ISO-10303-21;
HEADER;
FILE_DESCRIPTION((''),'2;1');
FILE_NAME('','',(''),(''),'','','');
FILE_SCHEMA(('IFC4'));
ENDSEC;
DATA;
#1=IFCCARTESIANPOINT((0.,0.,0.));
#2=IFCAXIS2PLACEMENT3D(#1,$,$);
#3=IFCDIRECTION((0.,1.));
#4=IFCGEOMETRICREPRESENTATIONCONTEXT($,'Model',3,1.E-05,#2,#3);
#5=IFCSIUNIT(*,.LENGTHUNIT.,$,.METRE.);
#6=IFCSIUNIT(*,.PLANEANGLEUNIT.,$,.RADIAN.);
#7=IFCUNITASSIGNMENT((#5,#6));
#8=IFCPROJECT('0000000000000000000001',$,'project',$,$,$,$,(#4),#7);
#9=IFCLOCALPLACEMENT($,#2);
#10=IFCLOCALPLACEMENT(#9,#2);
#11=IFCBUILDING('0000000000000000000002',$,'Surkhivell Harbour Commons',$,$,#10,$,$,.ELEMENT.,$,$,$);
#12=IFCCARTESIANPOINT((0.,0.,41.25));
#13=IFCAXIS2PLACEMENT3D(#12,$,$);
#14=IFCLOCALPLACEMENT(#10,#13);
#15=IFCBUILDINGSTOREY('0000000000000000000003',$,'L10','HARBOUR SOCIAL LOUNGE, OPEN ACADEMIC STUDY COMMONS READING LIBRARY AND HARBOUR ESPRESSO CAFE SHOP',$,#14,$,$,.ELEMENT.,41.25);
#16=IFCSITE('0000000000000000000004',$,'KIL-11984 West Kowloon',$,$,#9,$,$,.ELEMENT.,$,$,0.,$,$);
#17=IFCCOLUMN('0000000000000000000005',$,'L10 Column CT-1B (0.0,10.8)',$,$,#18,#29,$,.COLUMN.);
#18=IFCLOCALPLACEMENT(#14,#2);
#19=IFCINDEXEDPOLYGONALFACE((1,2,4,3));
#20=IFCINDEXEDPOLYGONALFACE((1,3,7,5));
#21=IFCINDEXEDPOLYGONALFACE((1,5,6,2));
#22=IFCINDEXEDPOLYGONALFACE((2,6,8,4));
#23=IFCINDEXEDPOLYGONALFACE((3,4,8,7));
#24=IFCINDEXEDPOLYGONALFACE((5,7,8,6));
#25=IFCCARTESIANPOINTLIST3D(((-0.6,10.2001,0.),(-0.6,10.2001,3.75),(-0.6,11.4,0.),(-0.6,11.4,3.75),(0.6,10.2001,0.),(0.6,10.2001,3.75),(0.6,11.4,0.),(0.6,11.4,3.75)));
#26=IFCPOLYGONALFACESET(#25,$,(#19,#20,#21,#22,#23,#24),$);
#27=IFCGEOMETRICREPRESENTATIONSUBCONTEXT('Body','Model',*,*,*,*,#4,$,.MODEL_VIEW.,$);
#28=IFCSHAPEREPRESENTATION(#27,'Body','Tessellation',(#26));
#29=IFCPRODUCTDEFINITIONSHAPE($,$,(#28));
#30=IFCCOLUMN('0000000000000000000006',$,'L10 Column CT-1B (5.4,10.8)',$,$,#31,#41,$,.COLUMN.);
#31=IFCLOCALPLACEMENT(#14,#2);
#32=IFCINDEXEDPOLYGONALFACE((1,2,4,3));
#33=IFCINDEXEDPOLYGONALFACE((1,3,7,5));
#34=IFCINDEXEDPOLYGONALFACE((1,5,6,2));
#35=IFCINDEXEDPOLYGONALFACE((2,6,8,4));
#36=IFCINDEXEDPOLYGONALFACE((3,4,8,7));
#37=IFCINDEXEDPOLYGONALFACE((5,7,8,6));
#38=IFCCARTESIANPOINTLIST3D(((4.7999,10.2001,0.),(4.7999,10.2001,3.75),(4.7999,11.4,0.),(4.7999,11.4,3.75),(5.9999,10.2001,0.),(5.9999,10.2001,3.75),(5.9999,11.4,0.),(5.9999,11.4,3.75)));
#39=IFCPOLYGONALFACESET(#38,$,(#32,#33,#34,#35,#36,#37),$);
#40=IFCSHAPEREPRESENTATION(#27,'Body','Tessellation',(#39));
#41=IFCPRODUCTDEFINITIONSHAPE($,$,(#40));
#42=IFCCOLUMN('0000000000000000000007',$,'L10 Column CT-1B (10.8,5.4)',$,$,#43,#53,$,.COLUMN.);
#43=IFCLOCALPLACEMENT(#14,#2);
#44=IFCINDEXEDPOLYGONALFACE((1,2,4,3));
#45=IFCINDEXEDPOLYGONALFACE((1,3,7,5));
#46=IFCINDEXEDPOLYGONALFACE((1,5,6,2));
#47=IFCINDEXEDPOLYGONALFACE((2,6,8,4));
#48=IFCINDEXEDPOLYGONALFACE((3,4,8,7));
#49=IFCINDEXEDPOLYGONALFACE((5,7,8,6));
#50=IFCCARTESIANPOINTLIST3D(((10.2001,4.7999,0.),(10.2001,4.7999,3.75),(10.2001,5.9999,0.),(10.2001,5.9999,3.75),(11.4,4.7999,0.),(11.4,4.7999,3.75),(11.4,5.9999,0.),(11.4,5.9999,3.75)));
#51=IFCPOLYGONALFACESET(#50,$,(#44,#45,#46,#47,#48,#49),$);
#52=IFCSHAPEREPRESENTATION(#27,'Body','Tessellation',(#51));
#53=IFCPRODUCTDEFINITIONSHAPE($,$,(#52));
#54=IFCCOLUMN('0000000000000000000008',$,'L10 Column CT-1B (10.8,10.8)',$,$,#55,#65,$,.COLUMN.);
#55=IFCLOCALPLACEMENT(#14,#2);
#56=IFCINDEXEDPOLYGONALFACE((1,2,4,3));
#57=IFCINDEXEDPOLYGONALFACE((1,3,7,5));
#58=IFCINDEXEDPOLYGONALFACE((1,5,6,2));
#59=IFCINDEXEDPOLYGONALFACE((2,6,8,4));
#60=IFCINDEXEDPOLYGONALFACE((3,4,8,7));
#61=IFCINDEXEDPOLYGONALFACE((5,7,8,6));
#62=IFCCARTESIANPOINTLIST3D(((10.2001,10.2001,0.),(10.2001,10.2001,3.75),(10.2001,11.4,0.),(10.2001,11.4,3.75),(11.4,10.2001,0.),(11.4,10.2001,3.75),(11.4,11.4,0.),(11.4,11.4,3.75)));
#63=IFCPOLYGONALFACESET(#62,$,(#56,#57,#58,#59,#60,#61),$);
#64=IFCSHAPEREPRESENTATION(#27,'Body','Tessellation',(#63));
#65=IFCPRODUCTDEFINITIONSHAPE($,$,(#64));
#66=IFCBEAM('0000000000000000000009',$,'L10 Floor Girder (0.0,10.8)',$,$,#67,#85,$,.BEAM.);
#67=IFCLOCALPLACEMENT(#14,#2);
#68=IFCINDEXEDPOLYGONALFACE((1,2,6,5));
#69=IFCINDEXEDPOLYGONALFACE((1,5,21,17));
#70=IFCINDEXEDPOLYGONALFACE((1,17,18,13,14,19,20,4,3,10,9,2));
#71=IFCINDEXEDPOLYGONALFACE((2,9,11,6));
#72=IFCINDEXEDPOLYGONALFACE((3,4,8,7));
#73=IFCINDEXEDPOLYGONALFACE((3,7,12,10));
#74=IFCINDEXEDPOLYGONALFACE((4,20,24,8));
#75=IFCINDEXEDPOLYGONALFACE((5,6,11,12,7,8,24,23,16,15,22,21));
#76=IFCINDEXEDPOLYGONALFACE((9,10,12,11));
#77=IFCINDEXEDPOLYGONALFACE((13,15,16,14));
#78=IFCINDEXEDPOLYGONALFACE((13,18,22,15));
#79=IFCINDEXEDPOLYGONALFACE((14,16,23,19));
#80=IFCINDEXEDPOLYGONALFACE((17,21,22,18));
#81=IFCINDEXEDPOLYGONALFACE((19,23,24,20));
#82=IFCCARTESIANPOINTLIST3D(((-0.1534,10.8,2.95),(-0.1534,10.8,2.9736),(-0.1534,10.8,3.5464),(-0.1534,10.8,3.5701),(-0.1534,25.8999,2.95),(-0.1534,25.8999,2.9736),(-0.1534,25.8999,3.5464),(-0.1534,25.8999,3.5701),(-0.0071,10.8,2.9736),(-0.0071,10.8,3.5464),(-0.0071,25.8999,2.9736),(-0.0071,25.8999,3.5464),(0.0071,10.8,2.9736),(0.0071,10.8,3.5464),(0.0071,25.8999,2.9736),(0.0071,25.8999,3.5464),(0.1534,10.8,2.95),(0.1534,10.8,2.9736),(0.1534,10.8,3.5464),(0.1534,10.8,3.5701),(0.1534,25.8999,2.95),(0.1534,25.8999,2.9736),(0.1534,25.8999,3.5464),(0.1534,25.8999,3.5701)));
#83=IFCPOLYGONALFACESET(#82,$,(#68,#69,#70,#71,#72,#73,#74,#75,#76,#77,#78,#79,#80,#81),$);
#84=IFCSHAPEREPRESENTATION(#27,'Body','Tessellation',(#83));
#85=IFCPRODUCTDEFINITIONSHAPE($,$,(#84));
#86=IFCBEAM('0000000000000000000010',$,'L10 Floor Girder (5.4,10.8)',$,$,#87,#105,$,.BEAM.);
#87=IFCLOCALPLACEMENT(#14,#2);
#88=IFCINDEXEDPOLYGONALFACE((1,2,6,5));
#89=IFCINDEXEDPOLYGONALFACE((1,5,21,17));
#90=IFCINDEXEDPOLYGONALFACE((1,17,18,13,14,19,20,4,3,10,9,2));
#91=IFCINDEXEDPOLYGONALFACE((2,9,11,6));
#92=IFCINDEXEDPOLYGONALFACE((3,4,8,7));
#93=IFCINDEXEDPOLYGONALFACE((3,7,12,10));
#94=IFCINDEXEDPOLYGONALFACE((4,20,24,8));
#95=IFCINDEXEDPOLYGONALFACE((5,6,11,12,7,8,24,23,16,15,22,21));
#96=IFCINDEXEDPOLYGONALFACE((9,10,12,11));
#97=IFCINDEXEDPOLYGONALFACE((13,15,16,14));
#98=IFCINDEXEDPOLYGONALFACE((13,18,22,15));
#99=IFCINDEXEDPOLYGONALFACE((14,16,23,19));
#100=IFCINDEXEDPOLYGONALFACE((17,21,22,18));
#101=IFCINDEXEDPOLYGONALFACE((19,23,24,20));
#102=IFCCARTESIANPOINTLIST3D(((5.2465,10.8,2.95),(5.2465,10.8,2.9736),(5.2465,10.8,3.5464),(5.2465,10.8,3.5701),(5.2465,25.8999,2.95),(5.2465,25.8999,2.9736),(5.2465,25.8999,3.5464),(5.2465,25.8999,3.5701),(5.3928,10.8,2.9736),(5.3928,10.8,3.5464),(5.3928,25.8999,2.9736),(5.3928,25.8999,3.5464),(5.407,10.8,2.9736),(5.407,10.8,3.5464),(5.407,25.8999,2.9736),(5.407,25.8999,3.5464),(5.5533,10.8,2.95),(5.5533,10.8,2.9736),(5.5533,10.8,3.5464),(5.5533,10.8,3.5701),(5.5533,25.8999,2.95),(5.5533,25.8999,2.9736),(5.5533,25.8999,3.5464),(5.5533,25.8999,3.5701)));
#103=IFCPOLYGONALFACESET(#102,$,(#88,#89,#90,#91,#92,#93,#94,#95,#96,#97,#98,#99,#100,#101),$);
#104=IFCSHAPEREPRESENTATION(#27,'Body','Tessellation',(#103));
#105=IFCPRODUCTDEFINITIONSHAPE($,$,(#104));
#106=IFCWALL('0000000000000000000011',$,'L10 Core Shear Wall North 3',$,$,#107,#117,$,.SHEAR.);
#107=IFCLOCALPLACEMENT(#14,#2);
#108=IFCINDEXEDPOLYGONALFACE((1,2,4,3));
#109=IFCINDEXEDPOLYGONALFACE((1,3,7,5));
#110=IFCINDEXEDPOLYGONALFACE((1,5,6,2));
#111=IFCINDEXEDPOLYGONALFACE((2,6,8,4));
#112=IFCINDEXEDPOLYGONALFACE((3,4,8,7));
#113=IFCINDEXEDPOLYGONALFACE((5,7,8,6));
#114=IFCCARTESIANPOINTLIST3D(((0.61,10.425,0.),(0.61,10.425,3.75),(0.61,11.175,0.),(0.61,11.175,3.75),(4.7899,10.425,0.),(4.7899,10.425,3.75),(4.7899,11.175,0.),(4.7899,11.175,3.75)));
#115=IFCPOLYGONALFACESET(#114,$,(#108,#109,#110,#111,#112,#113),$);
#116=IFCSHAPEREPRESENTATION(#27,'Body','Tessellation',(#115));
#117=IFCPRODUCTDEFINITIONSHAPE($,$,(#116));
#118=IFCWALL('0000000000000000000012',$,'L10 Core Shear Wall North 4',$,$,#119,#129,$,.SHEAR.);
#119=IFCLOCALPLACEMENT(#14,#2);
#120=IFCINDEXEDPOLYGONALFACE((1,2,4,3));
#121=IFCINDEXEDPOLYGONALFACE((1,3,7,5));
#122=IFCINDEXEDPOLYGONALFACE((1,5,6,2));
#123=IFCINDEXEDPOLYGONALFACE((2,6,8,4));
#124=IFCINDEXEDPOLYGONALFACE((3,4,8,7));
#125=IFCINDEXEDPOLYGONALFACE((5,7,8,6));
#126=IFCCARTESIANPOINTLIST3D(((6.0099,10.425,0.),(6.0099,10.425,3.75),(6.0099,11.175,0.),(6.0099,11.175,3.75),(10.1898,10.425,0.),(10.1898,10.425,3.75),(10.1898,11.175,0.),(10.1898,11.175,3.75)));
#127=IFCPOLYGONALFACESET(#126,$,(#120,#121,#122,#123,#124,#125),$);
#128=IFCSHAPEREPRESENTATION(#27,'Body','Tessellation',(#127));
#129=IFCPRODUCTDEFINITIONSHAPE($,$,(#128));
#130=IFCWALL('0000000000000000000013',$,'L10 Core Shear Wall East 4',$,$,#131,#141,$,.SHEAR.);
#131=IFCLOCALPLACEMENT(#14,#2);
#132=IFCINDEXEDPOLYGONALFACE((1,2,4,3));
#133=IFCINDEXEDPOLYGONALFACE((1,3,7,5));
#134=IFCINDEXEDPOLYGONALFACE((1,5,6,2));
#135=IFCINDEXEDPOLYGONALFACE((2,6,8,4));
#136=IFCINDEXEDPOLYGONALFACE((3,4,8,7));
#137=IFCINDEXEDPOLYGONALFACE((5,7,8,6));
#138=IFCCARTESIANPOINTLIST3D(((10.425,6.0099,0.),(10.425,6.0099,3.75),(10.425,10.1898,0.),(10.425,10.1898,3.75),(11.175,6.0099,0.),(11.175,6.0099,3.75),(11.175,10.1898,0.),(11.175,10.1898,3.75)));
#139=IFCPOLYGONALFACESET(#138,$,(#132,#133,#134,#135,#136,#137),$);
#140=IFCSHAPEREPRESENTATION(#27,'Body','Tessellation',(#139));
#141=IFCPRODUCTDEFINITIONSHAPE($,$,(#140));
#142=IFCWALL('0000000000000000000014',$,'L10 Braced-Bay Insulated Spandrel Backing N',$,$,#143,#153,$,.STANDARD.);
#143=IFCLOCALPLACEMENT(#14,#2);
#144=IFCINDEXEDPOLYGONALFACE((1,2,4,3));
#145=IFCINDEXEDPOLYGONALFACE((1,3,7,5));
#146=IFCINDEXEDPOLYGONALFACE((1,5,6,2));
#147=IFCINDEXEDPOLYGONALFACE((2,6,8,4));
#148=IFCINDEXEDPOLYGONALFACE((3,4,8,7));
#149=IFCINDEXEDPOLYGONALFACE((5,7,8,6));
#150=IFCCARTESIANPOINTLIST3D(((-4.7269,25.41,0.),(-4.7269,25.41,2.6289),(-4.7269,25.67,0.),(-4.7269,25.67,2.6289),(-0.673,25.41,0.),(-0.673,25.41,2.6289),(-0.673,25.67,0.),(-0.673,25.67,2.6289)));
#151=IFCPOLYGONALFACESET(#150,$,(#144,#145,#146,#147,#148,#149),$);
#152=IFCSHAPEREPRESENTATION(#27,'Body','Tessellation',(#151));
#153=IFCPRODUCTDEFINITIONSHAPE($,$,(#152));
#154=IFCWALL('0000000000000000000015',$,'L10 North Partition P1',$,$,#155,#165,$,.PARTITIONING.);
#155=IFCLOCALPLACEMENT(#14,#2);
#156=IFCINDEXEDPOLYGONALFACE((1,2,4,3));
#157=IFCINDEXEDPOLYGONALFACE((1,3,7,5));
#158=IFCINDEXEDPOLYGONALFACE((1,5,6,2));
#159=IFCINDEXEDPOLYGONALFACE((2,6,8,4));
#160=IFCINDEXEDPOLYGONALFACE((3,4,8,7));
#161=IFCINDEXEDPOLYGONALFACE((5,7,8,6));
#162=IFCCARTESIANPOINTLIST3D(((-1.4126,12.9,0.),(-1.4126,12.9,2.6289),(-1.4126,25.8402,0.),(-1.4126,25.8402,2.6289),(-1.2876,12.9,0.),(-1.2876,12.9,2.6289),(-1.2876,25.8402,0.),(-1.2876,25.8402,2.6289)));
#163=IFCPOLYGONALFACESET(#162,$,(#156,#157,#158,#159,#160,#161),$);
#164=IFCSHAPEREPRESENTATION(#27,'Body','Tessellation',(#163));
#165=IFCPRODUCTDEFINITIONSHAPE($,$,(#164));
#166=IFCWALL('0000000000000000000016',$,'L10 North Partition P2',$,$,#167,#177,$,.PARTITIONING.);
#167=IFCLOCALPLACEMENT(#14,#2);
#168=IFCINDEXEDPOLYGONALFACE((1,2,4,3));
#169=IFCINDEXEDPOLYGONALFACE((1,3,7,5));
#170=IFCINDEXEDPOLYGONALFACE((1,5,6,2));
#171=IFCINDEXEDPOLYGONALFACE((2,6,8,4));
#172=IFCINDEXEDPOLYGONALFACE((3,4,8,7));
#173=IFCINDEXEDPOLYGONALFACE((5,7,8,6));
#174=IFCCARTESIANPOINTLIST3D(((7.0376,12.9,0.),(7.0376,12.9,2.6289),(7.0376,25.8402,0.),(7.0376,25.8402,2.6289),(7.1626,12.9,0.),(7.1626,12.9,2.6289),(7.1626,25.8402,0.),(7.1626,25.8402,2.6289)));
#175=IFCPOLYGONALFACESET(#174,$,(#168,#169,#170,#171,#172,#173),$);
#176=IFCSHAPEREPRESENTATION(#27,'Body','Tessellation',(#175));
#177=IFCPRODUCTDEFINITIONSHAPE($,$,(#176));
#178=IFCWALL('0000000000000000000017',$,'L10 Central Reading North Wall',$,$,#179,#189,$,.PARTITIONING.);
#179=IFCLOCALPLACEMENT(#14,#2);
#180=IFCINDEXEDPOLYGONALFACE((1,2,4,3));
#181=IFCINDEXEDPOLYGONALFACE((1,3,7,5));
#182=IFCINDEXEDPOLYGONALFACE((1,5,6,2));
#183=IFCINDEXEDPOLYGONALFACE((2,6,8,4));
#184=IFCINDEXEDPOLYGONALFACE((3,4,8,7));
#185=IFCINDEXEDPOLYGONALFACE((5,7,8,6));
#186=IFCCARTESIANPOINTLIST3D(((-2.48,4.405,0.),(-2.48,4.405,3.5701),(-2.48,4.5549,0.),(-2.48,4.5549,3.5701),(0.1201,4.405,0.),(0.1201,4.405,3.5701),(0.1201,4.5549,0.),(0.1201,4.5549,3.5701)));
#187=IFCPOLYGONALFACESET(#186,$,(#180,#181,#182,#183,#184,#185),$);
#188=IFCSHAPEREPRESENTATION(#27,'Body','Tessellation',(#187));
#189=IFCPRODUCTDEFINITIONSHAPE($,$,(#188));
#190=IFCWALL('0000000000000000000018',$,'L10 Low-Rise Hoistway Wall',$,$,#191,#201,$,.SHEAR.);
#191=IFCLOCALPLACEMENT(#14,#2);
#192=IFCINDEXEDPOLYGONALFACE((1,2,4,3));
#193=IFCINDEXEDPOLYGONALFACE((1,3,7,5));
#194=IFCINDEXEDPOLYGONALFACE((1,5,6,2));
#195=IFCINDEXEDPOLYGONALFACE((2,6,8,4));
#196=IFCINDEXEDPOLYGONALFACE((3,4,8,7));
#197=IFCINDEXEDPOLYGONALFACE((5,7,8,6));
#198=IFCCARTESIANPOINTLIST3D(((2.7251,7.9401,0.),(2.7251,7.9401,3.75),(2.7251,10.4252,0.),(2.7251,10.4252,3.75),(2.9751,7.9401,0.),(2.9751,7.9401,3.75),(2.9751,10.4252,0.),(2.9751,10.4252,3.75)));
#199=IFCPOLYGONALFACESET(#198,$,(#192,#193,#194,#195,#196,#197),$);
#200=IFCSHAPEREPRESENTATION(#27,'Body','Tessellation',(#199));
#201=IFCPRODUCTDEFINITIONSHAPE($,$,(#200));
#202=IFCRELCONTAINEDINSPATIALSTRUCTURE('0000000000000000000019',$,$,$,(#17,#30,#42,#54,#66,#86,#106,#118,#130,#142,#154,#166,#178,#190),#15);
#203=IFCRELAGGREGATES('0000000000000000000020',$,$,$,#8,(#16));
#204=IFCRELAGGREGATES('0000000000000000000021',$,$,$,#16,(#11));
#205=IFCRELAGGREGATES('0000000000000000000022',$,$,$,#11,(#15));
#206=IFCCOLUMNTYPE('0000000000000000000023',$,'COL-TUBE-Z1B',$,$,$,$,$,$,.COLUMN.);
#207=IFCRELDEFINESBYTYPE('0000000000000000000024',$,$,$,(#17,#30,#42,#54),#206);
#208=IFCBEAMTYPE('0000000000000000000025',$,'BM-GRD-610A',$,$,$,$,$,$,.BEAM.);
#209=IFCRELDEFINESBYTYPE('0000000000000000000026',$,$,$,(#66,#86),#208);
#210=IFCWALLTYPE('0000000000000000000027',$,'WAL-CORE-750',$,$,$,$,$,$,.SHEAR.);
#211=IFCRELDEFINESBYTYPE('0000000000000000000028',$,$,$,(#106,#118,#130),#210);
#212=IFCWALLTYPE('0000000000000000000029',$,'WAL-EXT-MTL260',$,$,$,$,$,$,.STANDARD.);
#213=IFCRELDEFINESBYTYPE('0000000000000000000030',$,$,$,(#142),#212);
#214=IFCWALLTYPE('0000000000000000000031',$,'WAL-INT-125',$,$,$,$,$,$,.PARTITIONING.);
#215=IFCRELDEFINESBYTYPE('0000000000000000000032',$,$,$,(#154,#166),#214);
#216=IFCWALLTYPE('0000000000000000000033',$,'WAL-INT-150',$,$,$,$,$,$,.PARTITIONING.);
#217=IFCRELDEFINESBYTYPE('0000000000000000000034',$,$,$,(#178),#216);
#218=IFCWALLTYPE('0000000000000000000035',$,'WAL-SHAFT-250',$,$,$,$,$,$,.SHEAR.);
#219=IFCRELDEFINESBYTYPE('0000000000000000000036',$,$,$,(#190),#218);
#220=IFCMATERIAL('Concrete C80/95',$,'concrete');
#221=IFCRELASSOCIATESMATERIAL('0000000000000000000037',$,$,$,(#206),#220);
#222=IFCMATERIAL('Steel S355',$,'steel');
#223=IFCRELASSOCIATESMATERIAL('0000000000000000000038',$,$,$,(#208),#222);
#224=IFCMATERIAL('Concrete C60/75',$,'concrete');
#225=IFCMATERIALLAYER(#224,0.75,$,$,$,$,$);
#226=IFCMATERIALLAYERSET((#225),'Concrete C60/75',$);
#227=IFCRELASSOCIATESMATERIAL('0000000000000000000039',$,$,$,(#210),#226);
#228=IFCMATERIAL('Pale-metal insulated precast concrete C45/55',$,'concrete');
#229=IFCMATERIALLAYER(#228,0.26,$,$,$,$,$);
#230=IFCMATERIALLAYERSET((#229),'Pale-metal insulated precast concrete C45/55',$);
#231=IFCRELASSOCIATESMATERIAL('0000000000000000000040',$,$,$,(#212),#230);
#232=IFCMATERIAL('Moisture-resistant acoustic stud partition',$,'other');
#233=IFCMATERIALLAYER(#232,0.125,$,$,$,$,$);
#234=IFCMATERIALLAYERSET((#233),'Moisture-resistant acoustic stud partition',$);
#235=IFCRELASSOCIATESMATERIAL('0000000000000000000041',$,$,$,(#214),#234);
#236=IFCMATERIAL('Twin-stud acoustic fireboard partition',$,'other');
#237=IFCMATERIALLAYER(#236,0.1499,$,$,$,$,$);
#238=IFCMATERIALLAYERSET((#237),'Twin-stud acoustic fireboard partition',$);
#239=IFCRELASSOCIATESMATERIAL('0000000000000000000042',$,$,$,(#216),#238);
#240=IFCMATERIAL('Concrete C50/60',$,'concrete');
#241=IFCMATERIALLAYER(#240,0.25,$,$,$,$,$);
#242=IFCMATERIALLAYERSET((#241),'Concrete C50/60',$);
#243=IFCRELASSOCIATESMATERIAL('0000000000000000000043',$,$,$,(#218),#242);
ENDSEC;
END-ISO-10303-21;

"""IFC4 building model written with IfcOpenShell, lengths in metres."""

from ifc_helpers import new_model, si_unit, direction, frame, frame_2d, origin, origin_2d, place, context, subcontext, project, spatial, rectangle, i_section, extrude, material, layer, layer_set, material_profile, profile_set, type_object, element, save


model = new_model("IFC4")

# Units and contexts
model_context = context("Model", 3, precision=1e-05, world=origin(), true_north=direction((0.0, 1.0)))
body_context = subcontext(model_context, "Body", "Model", "MODEL_VIEW")
ifc_project = project(units=[si_unit("LENGTHUNIT", "METRE"), si_unit("PLANEANGLEUNIT", "RADIAN")], contexts=[model_context])

# Site, building, storey
site_placement = place(None, origin())
site = spatial("IfcSite", under=ifc_project, at=site_placement, Name="KIL-11984 West Kowloon", CompositionType="ELEMENT", RefElevation=0.0)
building_placement = place(site_placement, origin())
building = spatial("IfcBuilding", under=site, at=building_placement, Name="Surkhivell Harbour Commons", CompositionType="ELEMENT")
storey_placement = place(building_placement, frame((0.0, 0.0, 41.25)))
storey = spatial("IfcBuildingStorey", under=building, at=storey_placement, Name="L10", Description="HARBOUR SOCIAL LOUNGE, OPEN ACADEMIC STUDY COMMONS READING LIBRARY AND HARBOUR ESPRESSO CAFE SHOP", CompositionType="ELEMENT", Elevation=41.25)

# Columns
ifc_material_1 = material(Name="Concrete C80/95", Category="concrete")
ifc_material_profile_1 = material_profile(ifc_material_1, rectangle(XDim=1.2, YDim=1.2, at=origin_2d()), Name="RC-COL-1200x1200")
ifc_profile_set_1 = profile_set([ifc_material_profile_1], Name="Concrete C80/95")
column_type = type_object("IfcColumnType", Name="COL-TUBE-Z1B", PredefinedType="COLUMN", material=ifc_profile_set_1)
for number, where, z_axis, x_axis, name in (
    (1, (0.0, 10.8, 0.0), (0.0, 0.0, 1.0), (1.0, 0.0, 0.0), "L10 Column CT-1B (0.0,10.8)"),
    (2, (5.3999, 10.8, 0.0), (0.0, 0.0, 1.0), (1.0, 0.0, 0.0), "L10 Column CT-1B (5.4,10.8)"),
    (3, (10.8, 5.3999, 0.0), (0.0, 0.0, 1.0), (1.0, 0.0, 0.0), "L10 Column CT-1B (10.8,5.4)"),
    (4, (10.8, 10.8, 0.0), (0.0, 0.0, 1.0), (1.0, 0.0, 0.0), "L10 Column CT-1B (10.8,10.8)"),
):
    element("IfcColumn", number, at=place(storey_placement, frame(where, z_axis=z_axis, x_axis=x_axis)), inside=storey, type_object=column_type, Name=name, PredefinedType="COLUMN", context=body_context, shape_type="SweptSolid", body=[
        extrude(rectangle(XDim=1.2, YDim=1.2, at=origin_2d()), origin(), (0.0, 0.0, 1.0), 3.75),
    ])

# Beams
ifc_material_2 = material(Name="Steel S355", Category="steel")
ifc_material_profile_2 = material_profile(ifc_material_2, i_section(OverallWidth=0.3069, OverallDepth=0.6201, WebThickness=0.0142, FlangeThickness=0.0237, at=origin_2d()), Name="UB610x305x179")
ifc_profile_set_2 = profile_set([ifc_material_profile_2], Name="Steel S355")
beam_type = type_object("IfcBeamType", Name="BM-GRD-610A", PredefinedType="BEAM", material=ifc_profile_set_2)
for number, where, z_axis, x_axis, name in (
    (5, (0.0, 10.8, 3.26), (0.0, 1.0, 0.0), (-1.0, 0.0, 0.0), "L10 Floor Girder (0.0,10.8)"),
    (6, (5.3999, 10.8, 3.26), (0.0, 1.0, 0.0), (-1.0, 0.0, 0.0), "L10 Floor Girder (5.4,10.8)"),
):
    element("IfcBeam", number, at=place(storey_placement, frame(where, z_axis=z_axis, x_axis=x_axis)), inside=storey, type_object=beam_type, Name=name, PredefinedType="BEAM", context=body_context, shape_type="SweptSolid", body=[
        extrude(i_section(OverallWidth=0.3069, OverallDepth=0.6201, WebThickness=0.0142, FlangeThickness=0.0237, at=origin_2d()), origin(), (0.0, 0.0, 1.0), 15.0999),
    ])

# Walls
ifc_material_3 = material(Name="Concrete C60/75", Category="concrete")
ifc_layer_1 = layer(ifc_material_3, 0.75)
ifc_layer_set_1 = layer_set([ifc_layer_1], Name="Concrete C60/75")
wall_type_1 = type_object("IfcWallType", Name="WAL-CORE-750", PredefinedType="SHEAR", material=ifc_layer_set_1)
for number, where, z_axis, x_axis, name in (
    (7, (0.6101, 10.8, 0.0), (0.0, 0.0, 1.0), (1.0, 0.0, 0.0), "L10 Core Shear Wall North 3"),
    (8, (6.01, 10.8, 0.0), (0.0, 0.0, 1.0), (1.0, 0.0, 0.0), "L10 Core Shear Wall North 4"),
    (9, (10.8, 6.01, 0.0), (0.0, 0.0, 1.0), (0.0, 1.0, 0.0), "L10 Core Shear Wall East 4"),
):
    element("IfcWall", number, at=place(storey_placement, frame(where, z_axis=z_axis, x_axis=x_axis)), inside=storey, type_object=wall_type_1, Name=name, PredefinedType="SHEAR", context=body_context, shape_type="SweptSolid", body=[
        extrude(rectangle(XDim=4.1799, YDim=0.75, at=frame_2d((2.0898, 0.0))), origin(), (0.0, 0.0, 1.0), 3.75),
    ])
ifc_material_4 = material(Name="Pale-metal insulated precast concrete C45/55", Category="concrete")
ifc_layer_2 = layer(ifc_material_4, 0.26)
ifc_layer_set_2 = layer_set([ifc_layer_2], Name="Pale-metal insulated precast concrete C45/55")
wall_type_2 = type_object("IfcWallType", Name="WAL-EXT-MTL260", PredefinedType="STANDARD", material=ifc_layer_set_2)
wall_1_placement = place(storey_placement, frame((-0.6731, 25.54, 0.0), z_axis=(0.0, 0.0, 1.0), x_axis=(-1.0, 0.0, 0.0)))
element("IfcWall", 10, at=wall_1_placement, inside=storey, type_object=wall_type_2, Name="L10 Braced-Bay Insulated Spandrel Backing N", PredefinedType="STANDARD", context=body_context, shape_type="SweptSolid", body=[
    extrude(rectangle(XDim=4.054, YDim=0.26, at=frame_2d((2.0269, 0.0))), origin(), (0.0, 0.0, 1.0), 2.6289),
])
ifc_material_5 = material(Name="Moisture-resistant acoustic stud partition", Category="other")
ifc_layer_3 = layer(ifc_material_5, 0.125)
ifc_layer_set_3 = layer_set([ifc_layer_3], Name="Moisture-resistant acoustic stud partition")
wall_type_3 = type_object("IfcWallType", Name="WAL-INT-125", PredefinedType="PARTITIONING", material=ifc_layer_set_3)
for number, where, z_axis, x_axis, name in (
    (11, (-1.3501, 12.8999, 0.0), (0.0, 0.0, 1.0), (0.0, 1.0, 0.0), "L10 North Partition P1"),
    (12, (7.1001, 12.8999, 0.0), (0.0, 0.0, 1.0), (0.0, 1.0, 0.0), "L10 North Partition P2"),
):
    element("IfcWall", number, at=place(storey_placement, frame(where, z_axis=z_axis, x_axis=x_axis)), inside=storey, type_object=wall_type_3, Name=name, PredefinedType="PARTITIONING", context=body_context, shape_type="SweptSolid", body=[
        extrude(rectangle(XDim=12.9402, YDim=0.125, at=frame_2d((6.4702, 0.0))), origin(), (0.0, 0.0, 1.0), 2.6289),
    ])
ifc_material_6 = material(Name="Twin-stud acoustic fireboard partition", Category="other")
ifc_layer_4 = layer(ifc_material_6, 0.1499)
ifc_layer_set_4 = layer_set([ifc_layer_4], Name="Twin-stud acoustic fireboard partition")
wall_type_4 = type_object("IfcWallType", Name="WAL-INT-150", PredefinedType="PARTITIONING", material=ifc_layer_set_4)
wall_2_placement = place(storey_placement, frame((-2.48, 4.48, 0.0), z_axis=(0.0, 0.0, 1.0), x_axis=(1.0, 0.0, 0.0)))
element("IfcWall", 13, at=wall_2_placement, inside=storey, type_object=wall_type_4, Name="L10 Central Reading North Wall", PredefinedType="PARTITIONING", context=body_context, shape_type="SweptSolid", body=[
    extrude(rectangle(XDim=2.6001, YDim=0.1499, at=frame_2d((1.3, 0.0))), origin(), (0.0, 0.0, 1.0), 3.5701),
])
ifc_material_7 = material(Name="Concrete C50/60", Category="concrete")
ifc_layer_5 = layer(ifc_material_7, 0.25)
ifc_layer_set_5 = layer_set([ifc_layer_5], Name="Concrete C50/60")
wall_type_5 = type_object("IfcWallType", Name="WAL-SHAFT-250", PredefinedType="SHEAR", material=ifc_layer_set_5)
wall_3_placement = place(storey_placement, frame((2.8501, 7.9399, 0.0), z_axis=(0.0, 0.0, 1.0), x_axis=(0.0, 1.0, 0.0)))
element("IfcWall", 14, at=wall_3_placement, inside=storey, type_object=wall_type_5, Name="L10 Low-Rise Hoistway Wall", PredefinedType="SHEAR", context=body_context, shape_type="SweptSolid", body=[
    extrude(rectangle(XDim=2.4851, YDim=0.25, at=frame_2d((1.2427, 0.0))), origin(), (0.0, 0.0, 1.0), 3.75),
])

save(model, "model.ifc")
